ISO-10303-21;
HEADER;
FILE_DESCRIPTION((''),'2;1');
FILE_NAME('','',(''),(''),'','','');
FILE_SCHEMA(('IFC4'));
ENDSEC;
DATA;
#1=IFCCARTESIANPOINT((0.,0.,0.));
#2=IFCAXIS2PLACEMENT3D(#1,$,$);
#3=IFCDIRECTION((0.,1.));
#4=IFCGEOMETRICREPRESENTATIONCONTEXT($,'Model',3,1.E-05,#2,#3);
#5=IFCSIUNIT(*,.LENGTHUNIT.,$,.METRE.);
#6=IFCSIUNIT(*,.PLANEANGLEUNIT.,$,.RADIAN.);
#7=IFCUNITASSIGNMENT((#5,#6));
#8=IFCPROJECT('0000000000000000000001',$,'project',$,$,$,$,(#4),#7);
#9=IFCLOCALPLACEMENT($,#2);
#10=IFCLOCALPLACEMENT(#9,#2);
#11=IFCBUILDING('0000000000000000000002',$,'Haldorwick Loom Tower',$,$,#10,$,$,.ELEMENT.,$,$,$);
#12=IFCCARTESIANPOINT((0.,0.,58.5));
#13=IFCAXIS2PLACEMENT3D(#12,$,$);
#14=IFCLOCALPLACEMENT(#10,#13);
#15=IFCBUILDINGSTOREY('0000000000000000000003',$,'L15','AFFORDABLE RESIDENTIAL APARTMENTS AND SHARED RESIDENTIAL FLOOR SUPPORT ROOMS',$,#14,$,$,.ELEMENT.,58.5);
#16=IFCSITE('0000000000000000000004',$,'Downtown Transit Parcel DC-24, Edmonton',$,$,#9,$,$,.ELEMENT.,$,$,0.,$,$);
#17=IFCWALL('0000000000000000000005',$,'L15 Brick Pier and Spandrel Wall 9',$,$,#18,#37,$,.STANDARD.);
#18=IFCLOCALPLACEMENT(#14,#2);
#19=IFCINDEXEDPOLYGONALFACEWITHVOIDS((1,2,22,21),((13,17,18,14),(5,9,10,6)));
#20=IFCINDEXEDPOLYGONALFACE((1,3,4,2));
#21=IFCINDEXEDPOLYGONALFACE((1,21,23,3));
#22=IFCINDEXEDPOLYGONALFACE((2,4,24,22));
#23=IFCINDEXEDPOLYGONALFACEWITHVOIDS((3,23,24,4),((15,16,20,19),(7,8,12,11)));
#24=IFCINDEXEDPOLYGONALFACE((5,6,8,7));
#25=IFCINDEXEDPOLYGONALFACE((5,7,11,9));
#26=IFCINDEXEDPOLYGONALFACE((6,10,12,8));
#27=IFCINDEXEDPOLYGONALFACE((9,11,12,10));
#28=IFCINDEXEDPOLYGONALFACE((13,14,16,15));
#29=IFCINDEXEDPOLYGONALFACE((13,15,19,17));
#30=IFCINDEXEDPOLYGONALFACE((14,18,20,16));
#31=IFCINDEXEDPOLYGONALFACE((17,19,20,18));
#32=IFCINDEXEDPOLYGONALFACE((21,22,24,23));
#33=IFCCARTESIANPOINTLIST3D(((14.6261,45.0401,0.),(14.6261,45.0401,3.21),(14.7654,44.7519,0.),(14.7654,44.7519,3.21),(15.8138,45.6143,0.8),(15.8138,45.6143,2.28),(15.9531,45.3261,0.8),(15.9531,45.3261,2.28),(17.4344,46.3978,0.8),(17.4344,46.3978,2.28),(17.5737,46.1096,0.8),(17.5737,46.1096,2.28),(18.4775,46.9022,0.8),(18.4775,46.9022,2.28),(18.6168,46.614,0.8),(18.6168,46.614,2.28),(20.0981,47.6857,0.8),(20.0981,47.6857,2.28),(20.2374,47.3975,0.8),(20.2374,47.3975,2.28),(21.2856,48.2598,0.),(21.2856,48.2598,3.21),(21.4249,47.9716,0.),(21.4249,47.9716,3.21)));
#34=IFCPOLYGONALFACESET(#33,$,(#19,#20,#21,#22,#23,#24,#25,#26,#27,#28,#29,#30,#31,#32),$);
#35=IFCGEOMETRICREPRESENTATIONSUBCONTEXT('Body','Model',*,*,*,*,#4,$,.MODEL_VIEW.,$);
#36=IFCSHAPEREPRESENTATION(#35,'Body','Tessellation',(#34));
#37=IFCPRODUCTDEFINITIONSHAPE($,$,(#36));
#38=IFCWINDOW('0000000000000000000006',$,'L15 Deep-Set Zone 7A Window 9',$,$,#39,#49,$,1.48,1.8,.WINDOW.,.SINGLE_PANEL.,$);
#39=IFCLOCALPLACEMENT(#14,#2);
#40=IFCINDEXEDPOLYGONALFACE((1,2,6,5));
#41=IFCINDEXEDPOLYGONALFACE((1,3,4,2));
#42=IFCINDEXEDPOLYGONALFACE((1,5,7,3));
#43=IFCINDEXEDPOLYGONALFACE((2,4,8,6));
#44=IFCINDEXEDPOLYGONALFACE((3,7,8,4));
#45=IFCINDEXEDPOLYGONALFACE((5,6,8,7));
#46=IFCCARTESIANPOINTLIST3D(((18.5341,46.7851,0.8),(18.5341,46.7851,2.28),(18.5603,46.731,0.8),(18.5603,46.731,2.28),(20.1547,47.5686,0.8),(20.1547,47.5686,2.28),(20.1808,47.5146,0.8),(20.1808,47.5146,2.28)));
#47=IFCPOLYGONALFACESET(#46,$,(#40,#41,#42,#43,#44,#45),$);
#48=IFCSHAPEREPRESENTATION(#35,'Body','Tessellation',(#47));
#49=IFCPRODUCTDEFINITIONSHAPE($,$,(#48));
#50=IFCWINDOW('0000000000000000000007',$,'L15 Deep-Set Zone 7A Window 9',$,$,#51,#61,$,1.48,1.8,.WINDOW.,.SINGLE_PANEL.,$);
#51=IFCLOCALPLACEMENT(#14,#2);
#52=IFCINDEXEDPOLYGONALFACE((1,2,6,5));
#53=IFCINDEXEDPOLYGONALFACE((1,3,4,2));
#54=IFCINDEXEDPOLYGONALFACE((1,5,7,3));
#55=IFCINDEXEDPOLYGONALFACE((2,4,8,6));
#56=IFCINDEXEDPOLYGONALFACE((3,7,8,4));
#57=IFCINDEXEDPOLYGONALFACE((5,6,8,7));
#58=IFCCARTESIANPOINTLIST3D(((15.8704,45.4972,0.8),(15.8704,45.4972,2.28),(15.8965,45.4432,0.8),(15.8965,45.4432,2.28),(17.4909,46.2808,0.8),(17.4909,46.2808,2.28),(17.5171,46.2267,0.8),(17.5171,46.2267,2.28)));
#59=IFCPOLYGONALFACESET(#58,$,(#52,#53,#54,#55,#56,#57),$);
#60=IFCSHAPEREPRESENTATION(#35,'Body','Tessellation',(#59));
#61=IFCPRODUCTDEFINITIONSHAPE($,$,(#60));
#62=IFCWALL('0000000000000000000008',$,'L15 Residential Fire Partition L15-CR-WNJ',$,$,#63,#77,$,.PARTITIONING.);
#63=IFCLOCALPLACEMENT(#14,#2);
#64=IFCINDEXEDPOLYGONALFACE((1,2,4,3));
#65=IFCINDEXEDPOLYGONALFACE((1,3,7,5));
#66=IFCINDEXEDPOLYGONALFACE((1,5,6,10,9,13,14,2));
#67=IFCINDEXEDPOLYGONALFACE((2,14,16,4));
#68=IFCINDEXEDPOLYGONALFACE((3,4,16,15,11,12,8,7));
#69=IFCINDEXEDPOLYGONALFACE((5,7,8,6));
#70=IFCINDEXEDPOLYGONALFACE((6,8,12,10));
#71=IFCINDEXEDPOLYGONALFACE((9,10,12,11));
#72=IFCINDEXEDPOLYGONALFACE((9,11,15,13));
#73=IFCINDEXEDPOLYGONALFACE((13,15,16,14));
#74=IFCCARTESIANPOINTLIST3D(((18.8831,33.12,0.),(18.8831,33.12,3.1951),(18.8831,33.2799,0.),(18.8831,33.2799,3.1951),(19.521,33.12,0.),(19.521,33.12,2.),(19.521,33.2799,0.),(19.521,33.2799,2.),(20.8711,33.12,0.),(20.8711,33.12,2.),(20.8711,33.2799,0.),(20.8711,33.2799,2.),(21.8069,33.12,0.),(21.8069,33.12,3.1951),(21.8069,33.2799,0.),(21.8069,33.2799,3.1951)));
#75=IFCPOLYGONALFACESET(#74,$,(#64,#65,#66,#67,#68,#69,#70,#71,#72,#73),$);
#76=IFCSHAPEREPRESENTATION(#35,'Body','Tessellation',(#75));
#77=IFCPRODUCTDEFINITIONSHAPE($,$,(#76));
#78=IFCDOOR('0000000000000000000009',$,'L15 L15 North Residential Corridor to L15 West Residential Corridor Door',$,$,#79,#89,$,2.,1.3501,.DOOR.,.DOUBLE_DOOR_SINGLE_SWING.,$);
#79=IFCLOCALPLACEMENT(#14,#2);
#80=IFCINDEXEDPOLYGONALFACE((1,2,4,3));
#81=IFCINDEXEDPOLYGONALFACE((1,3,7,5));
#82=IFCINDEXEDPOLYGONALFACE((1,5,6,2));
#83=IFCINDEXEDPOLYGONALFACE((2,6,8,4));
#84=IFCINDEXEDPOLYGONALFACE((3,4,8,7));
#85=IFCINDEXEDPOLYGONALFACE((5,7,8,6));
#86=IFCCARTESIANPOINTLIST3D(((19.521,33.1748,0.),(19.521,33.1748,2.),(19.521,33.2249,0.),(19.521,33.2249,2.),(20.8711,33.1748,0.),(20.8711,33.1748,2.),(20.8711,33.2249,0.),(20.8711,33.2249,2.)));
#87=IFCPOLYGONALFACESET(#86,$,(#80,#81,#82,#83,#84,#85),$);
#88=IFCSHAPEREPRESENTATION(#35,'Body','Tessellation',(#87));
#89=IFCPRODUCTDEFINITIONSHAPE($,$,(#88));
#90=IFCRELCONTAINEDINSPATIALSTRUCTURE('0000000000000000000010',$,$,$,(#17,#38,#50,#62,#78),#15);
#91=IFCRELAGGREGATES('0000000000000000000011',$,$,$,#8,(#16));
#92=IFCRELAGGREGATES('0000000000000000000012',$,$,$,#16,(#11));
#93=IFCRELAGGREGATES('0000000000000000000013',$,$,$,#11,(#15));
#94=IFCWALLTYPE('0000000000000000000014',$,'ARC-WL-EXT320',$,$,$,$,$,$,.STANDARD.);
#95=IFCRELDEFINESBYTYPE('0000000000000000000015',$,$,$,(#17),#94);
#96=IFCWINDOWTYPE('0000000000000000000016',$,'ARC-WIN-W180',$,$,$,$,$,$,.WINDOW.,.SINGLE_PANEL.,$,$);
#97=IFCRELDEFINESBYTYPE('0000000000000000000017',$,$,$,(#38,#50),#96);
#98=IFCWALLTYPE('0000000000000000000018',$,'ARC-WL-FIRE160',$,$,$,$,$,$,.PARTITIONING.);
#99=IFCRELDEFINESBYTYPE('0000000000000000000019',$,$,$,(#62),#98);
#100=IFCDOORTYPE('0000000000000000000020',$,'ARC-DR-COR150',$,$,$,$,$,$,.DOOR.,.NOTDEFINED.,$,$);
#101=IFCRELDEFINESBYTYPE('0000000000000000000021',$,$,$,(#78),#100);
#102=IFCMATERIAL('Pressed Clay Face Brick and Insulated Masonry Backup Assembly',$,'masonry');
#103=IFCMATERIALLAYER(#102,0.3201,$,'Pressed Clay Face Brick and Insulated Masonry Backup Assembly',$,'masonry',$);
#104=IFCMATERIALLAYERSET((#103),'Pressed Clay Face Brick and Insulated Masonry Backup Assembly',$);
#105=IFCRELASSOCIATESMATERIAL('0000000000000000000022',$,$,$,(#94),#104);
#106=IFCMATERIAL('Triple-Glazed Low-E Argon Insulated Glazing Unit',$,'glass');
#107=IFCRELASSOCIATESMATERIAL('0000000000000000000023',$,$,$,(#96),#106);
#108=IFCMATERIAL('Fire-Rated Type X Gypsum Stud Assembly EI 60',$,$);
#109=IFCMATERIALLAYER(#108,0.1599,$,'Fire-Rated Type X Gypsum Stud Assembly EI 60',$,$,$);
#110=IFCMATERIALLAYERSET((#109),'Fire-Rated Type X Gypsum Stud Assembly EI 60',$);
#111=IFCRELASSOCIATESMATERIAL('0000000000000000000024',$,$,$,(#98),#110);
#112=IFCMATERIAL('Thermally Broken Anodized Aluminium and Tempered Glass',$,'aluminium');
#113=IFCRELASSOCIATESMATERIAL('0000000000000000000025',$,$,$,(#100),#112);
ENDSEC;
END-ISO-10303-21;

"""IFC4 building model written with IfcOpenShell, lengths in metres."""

from ifc_helpers import new_model, si_unit, direction, frame, frame_2d, origin, place, context, subcontext, project, spatial, rectangle, extrude, material, layer, layer_set, type_object, element, fill, save


model = new_model("IFC4")

# Units and contexts
model_context = context("Model", 3, precision=1e-05, world=origin(), true_north=direction((0.0, 1.0)))
body_context = subcontext(model_context, "Body", "Model", "MODEL_VIEW")
ifc_project = project(units=[si_unit("LENGTHUNIT", "METRE"), si_unit("PLANEANGLEUNIT", "RADIAN")], contexts=[model_context])

# Site, building, storey
site_placement = place(None, origin())
site = spatial("IfcSite", under=ifc_project, at=site_placement, Name="Downtown Transit Parcel DC-24, Edmonton", CompositionType="ELEMENT", RefElevation=0.0)
building_placement = place(site_placement, origin())
building = spatial("IfcBuilding", under=site, at=building_placement, Name="Haldorwick Loom Tower", CompositionType="ELEMENT")
storey_placement = place(building_placement, frame((0.0, 0.0, 58.5)))
storey = spatial("IfcBuildingStorey", under=building, at=storey_placement, Name="L15", Description="AFFORDABLE RESIDENTIAL APARTMENTS AND SHARED RESIDENTIAL FLOOR SUPPORT ROOMS", CompositionType="ELEMENT", Elevation=58.5)

# Wall, openings, windows
ifc_material_1 = material(Name="Pressed Clay Face Brick and Insulated Masonry Backup Assembly", Category="masonry")
ifc_layer_1 = layer(ifc_material_1, 0.3201, Name="Pressed Clay Face Brick and Insulated Masonry Backup Assembly", Category="masonry")
ifc_layer_set_1 = layer_set([ifc_layer_1], Name="Pressed Clay Face Brick and Insulated Masonry Backup Assembly")
wall_type_1 = type_object("IfcWallType", Name="ARC-WL-EXT320", PredefinedType="STANDARD", material=ifc_layer_set_1)
wall_1_placement = place(storey_placement, frame((21.3552, 48.1157, 0.0), z_axis=(0.0, 0.0, 1.0), x_axis=(-0.900296, -0.435279, 0.0)))
wall_1 = element("IfcWall", 1, at=wall_1_placement, inside=storey, type_object=wall_type_1, Name="L15 Brick Pier and Spandrel Wall 9", PredefinedType="STANDARD", context=body_context, shape_type="SweptSolid", body=[
    extrude(rectangle(XDim=7.397, YDim=0.3201, at=frame_2d((3.6985, 0.0))), origin(), (0.0, 0.0, 1.0), 3.21),
])
opening_1_placement = place(wall_1_placement, frame((1.3191, 0.0, 0.8)))
opening_1 = element("IfcOpeningElement", 2, at=opening_1_placement, cuts=wall_1, PredefinedType="OPENING", context=body_context, shape_type="SweptSolid", body=[
    extrude(rectangle(XDim=1.8, YDim=1.48, at=frame_2d((0.8999, 0.74))), frame((0.0, 0.1699, 0.0), z_axis=(0.0, -1.0, 0.0), x_axis=(1.0, 0.0, 0.0)), (0.0, 0.0, 1.0), 0.3401),
])
opening_2_placement = place(wall_1_placement, frame((4.2778, 0.0, 0.8)))
opening_2 = element("IfcOpeningElement", 3, at=opening_2_placement, cuts=wall_1, PredefinedType="OPENING", context=body_context, shape_type="SweptSolid", body=[
    extrude(rectangle(XDim=1.8, YDim=1.48, at=frame_2d((0.8999, 0.74))), frame((0.0, 0.1699, 0.0), z_axis=(0.0, -1.0, 0.0), x_axis=(1.0, 0.0, 0.0)), (0.0, 0.0, 1.0), 0.3401),
])
ifc_material_2 = material(Name="Triple-Glazed Low-E Argon Insulated Glazing Unit", Category="glass")
window_type = type_object("IfcWindowType", Name="ARC-WIN-W180", PartitioningType="SINGLE_PANEL", PredefinedType="WINDOW", material=ifc_material_2)
window_1_placement = place(opening_1_placement, origin())
window_1 = element("IfcWindow", 4, at=window_1_placement, inside=storey, type_object=window_type, Name="L15 Deep-Set Zone 7A Window 9", OverallHeight=1.48, OverallWidth=1.8, PartitioningType="SINGLE_PANEL", PredefinedType="WINDOW", context=body_context, shape_type="SweptSolid", body=[
    extrude(rectangle(XDim=1.8, YDim=1.48, at=frame_2d((0.8999, 0.74))), frame((0.0, 0.03, 0.0), z_axis=(0.0, -1.0, 0.0), x_axis=(1.0, 0.0, 0.0)), (0.0, 0.0, 1.0), 0.0601),
])
fill(opening_1, window_1)
window_2_placement = place(opening_2_placement, origin())
window_2 = element("IfcWindow", 5, at=window_2_placement, inside=storey, type_object=window_type, Name="L15 Deep-Set Zone 7A Window 9", OverallHeight=1.48, OverallWidth=1.8, PartitioningType="SINGLE_PANEL", PredefinedType="WINDOW", context=body_context, shape_type="SweptSolid", body=[
    extrude(rectangle(XDim=1.8, YDim=1.48, at=frame_2d((0.8999, 0.74))), frame((0.0, 0.03, 0.0), z_axis=(0.0, -1.0, 0.0), x_axis=(1.0, 0.0, 0.0)), (0.0, 0.0, 1.0), 0.0601),
])
fill(opening_2, window_2)

# Wall, opening, door
ifc_material_3 = material(Name="Fire-Rated Type X Gypsum Stud Assembly EI 60")
ifc_layer_2 = layer(ifc_material_3, 0.1599, Name="Fire-Rated Type X Gypsum Stud Assembly EI 60")
ifc_layer_set_2 = layer_set([ifc_layer_2], Name="Fire-Rated Type X Gypsum Stud Assembly EI 60")
wall_type_2 = type_object("IfcWallType", Name="ARC-WL-FIRE160", PredefinedType="PARTITIONING", material=ifc_layer_set_2)
wall_2_placement = place(storey_placement, frame((18.8831, 33.2, 0.0), z_axis=(0.0, 0.0, 1.0), x_axis=(1.0, 0.0, 0.0)))
wall_2 = element("IfcWall", 6, at=wall_2_placement, inside=storey, type_object=wall_type_2, Name="L15 Residential Fire Partition L15-CR-WNJ", PredefinedType="PARTITIONING", context=body_context, shape_type="SweptSolid", body=[
    extrude(rectangle(XDim=2.9238, YDim=0.1599, at=frame_2d((1.4619, 0.0))), origin(), (0.0, 0.0, 1.0), 3.1951),
])
opening_3_placement = place(wall_2_placement, frame((0.6379, 0.0, 0.0)))
opening_3 = element("IfcOpeningElement", 7, at=opening_3_placement, cuts=wall_2, PredefinedType="OPENING", context=body_context, shape_type="SweptSolid", body=[
    extrude(rectangle(XDim=1.3501, YDim=2.0, at=frame_2d((0.675, 1.0))), frame((0.0, 0.0898, 0.0), z_axis=(0.0, -1.0, 0.0), x_axis=(1.0, 0.0, 0.0)), (0.0, 0.0, 1.0), 0.1799),
])
ifc_material_4 = material(Name="Thermally Broken Anodized Aluminium and Tempered Glass", Category="aluminium")
door_type_1 = type_object("IfcDoorType", Name="ARC-DR-COR150", OperationType="NOTDEFINED", PredefinedType="DOOR", material=ifc_material_4)
door_1_placement = place(opening_3_placement, origin())
door_1 = element("IfcDoor", 8, at=door_1_placement, inside=storey, type_object=door_type_1, Name="L15 L15 North Residential Corridor to L15 West Residential Corridor Door", OperationType="DOUBLE_DOOR_SINGLE_SWING", OverallHeight=2.0, OverallWidth=1.3501, PredefinedType="DOOR", context=body_context, shape_type="SweptSolid", body=[
    extrude(rectangle(XDim=1.3501, YDim=2.0, at=frame_2d((0.675, 1.0))), frame((0.0, 0.0249, 0.0), z_axis=(0.0, -1.0, 0.0), x_axis=(1.0, 0.0, 0.0)), (0.0, 0.0, 1.0), 0.05),
])
fill(opening_3, door_1)

save(model, "model.ifc")
